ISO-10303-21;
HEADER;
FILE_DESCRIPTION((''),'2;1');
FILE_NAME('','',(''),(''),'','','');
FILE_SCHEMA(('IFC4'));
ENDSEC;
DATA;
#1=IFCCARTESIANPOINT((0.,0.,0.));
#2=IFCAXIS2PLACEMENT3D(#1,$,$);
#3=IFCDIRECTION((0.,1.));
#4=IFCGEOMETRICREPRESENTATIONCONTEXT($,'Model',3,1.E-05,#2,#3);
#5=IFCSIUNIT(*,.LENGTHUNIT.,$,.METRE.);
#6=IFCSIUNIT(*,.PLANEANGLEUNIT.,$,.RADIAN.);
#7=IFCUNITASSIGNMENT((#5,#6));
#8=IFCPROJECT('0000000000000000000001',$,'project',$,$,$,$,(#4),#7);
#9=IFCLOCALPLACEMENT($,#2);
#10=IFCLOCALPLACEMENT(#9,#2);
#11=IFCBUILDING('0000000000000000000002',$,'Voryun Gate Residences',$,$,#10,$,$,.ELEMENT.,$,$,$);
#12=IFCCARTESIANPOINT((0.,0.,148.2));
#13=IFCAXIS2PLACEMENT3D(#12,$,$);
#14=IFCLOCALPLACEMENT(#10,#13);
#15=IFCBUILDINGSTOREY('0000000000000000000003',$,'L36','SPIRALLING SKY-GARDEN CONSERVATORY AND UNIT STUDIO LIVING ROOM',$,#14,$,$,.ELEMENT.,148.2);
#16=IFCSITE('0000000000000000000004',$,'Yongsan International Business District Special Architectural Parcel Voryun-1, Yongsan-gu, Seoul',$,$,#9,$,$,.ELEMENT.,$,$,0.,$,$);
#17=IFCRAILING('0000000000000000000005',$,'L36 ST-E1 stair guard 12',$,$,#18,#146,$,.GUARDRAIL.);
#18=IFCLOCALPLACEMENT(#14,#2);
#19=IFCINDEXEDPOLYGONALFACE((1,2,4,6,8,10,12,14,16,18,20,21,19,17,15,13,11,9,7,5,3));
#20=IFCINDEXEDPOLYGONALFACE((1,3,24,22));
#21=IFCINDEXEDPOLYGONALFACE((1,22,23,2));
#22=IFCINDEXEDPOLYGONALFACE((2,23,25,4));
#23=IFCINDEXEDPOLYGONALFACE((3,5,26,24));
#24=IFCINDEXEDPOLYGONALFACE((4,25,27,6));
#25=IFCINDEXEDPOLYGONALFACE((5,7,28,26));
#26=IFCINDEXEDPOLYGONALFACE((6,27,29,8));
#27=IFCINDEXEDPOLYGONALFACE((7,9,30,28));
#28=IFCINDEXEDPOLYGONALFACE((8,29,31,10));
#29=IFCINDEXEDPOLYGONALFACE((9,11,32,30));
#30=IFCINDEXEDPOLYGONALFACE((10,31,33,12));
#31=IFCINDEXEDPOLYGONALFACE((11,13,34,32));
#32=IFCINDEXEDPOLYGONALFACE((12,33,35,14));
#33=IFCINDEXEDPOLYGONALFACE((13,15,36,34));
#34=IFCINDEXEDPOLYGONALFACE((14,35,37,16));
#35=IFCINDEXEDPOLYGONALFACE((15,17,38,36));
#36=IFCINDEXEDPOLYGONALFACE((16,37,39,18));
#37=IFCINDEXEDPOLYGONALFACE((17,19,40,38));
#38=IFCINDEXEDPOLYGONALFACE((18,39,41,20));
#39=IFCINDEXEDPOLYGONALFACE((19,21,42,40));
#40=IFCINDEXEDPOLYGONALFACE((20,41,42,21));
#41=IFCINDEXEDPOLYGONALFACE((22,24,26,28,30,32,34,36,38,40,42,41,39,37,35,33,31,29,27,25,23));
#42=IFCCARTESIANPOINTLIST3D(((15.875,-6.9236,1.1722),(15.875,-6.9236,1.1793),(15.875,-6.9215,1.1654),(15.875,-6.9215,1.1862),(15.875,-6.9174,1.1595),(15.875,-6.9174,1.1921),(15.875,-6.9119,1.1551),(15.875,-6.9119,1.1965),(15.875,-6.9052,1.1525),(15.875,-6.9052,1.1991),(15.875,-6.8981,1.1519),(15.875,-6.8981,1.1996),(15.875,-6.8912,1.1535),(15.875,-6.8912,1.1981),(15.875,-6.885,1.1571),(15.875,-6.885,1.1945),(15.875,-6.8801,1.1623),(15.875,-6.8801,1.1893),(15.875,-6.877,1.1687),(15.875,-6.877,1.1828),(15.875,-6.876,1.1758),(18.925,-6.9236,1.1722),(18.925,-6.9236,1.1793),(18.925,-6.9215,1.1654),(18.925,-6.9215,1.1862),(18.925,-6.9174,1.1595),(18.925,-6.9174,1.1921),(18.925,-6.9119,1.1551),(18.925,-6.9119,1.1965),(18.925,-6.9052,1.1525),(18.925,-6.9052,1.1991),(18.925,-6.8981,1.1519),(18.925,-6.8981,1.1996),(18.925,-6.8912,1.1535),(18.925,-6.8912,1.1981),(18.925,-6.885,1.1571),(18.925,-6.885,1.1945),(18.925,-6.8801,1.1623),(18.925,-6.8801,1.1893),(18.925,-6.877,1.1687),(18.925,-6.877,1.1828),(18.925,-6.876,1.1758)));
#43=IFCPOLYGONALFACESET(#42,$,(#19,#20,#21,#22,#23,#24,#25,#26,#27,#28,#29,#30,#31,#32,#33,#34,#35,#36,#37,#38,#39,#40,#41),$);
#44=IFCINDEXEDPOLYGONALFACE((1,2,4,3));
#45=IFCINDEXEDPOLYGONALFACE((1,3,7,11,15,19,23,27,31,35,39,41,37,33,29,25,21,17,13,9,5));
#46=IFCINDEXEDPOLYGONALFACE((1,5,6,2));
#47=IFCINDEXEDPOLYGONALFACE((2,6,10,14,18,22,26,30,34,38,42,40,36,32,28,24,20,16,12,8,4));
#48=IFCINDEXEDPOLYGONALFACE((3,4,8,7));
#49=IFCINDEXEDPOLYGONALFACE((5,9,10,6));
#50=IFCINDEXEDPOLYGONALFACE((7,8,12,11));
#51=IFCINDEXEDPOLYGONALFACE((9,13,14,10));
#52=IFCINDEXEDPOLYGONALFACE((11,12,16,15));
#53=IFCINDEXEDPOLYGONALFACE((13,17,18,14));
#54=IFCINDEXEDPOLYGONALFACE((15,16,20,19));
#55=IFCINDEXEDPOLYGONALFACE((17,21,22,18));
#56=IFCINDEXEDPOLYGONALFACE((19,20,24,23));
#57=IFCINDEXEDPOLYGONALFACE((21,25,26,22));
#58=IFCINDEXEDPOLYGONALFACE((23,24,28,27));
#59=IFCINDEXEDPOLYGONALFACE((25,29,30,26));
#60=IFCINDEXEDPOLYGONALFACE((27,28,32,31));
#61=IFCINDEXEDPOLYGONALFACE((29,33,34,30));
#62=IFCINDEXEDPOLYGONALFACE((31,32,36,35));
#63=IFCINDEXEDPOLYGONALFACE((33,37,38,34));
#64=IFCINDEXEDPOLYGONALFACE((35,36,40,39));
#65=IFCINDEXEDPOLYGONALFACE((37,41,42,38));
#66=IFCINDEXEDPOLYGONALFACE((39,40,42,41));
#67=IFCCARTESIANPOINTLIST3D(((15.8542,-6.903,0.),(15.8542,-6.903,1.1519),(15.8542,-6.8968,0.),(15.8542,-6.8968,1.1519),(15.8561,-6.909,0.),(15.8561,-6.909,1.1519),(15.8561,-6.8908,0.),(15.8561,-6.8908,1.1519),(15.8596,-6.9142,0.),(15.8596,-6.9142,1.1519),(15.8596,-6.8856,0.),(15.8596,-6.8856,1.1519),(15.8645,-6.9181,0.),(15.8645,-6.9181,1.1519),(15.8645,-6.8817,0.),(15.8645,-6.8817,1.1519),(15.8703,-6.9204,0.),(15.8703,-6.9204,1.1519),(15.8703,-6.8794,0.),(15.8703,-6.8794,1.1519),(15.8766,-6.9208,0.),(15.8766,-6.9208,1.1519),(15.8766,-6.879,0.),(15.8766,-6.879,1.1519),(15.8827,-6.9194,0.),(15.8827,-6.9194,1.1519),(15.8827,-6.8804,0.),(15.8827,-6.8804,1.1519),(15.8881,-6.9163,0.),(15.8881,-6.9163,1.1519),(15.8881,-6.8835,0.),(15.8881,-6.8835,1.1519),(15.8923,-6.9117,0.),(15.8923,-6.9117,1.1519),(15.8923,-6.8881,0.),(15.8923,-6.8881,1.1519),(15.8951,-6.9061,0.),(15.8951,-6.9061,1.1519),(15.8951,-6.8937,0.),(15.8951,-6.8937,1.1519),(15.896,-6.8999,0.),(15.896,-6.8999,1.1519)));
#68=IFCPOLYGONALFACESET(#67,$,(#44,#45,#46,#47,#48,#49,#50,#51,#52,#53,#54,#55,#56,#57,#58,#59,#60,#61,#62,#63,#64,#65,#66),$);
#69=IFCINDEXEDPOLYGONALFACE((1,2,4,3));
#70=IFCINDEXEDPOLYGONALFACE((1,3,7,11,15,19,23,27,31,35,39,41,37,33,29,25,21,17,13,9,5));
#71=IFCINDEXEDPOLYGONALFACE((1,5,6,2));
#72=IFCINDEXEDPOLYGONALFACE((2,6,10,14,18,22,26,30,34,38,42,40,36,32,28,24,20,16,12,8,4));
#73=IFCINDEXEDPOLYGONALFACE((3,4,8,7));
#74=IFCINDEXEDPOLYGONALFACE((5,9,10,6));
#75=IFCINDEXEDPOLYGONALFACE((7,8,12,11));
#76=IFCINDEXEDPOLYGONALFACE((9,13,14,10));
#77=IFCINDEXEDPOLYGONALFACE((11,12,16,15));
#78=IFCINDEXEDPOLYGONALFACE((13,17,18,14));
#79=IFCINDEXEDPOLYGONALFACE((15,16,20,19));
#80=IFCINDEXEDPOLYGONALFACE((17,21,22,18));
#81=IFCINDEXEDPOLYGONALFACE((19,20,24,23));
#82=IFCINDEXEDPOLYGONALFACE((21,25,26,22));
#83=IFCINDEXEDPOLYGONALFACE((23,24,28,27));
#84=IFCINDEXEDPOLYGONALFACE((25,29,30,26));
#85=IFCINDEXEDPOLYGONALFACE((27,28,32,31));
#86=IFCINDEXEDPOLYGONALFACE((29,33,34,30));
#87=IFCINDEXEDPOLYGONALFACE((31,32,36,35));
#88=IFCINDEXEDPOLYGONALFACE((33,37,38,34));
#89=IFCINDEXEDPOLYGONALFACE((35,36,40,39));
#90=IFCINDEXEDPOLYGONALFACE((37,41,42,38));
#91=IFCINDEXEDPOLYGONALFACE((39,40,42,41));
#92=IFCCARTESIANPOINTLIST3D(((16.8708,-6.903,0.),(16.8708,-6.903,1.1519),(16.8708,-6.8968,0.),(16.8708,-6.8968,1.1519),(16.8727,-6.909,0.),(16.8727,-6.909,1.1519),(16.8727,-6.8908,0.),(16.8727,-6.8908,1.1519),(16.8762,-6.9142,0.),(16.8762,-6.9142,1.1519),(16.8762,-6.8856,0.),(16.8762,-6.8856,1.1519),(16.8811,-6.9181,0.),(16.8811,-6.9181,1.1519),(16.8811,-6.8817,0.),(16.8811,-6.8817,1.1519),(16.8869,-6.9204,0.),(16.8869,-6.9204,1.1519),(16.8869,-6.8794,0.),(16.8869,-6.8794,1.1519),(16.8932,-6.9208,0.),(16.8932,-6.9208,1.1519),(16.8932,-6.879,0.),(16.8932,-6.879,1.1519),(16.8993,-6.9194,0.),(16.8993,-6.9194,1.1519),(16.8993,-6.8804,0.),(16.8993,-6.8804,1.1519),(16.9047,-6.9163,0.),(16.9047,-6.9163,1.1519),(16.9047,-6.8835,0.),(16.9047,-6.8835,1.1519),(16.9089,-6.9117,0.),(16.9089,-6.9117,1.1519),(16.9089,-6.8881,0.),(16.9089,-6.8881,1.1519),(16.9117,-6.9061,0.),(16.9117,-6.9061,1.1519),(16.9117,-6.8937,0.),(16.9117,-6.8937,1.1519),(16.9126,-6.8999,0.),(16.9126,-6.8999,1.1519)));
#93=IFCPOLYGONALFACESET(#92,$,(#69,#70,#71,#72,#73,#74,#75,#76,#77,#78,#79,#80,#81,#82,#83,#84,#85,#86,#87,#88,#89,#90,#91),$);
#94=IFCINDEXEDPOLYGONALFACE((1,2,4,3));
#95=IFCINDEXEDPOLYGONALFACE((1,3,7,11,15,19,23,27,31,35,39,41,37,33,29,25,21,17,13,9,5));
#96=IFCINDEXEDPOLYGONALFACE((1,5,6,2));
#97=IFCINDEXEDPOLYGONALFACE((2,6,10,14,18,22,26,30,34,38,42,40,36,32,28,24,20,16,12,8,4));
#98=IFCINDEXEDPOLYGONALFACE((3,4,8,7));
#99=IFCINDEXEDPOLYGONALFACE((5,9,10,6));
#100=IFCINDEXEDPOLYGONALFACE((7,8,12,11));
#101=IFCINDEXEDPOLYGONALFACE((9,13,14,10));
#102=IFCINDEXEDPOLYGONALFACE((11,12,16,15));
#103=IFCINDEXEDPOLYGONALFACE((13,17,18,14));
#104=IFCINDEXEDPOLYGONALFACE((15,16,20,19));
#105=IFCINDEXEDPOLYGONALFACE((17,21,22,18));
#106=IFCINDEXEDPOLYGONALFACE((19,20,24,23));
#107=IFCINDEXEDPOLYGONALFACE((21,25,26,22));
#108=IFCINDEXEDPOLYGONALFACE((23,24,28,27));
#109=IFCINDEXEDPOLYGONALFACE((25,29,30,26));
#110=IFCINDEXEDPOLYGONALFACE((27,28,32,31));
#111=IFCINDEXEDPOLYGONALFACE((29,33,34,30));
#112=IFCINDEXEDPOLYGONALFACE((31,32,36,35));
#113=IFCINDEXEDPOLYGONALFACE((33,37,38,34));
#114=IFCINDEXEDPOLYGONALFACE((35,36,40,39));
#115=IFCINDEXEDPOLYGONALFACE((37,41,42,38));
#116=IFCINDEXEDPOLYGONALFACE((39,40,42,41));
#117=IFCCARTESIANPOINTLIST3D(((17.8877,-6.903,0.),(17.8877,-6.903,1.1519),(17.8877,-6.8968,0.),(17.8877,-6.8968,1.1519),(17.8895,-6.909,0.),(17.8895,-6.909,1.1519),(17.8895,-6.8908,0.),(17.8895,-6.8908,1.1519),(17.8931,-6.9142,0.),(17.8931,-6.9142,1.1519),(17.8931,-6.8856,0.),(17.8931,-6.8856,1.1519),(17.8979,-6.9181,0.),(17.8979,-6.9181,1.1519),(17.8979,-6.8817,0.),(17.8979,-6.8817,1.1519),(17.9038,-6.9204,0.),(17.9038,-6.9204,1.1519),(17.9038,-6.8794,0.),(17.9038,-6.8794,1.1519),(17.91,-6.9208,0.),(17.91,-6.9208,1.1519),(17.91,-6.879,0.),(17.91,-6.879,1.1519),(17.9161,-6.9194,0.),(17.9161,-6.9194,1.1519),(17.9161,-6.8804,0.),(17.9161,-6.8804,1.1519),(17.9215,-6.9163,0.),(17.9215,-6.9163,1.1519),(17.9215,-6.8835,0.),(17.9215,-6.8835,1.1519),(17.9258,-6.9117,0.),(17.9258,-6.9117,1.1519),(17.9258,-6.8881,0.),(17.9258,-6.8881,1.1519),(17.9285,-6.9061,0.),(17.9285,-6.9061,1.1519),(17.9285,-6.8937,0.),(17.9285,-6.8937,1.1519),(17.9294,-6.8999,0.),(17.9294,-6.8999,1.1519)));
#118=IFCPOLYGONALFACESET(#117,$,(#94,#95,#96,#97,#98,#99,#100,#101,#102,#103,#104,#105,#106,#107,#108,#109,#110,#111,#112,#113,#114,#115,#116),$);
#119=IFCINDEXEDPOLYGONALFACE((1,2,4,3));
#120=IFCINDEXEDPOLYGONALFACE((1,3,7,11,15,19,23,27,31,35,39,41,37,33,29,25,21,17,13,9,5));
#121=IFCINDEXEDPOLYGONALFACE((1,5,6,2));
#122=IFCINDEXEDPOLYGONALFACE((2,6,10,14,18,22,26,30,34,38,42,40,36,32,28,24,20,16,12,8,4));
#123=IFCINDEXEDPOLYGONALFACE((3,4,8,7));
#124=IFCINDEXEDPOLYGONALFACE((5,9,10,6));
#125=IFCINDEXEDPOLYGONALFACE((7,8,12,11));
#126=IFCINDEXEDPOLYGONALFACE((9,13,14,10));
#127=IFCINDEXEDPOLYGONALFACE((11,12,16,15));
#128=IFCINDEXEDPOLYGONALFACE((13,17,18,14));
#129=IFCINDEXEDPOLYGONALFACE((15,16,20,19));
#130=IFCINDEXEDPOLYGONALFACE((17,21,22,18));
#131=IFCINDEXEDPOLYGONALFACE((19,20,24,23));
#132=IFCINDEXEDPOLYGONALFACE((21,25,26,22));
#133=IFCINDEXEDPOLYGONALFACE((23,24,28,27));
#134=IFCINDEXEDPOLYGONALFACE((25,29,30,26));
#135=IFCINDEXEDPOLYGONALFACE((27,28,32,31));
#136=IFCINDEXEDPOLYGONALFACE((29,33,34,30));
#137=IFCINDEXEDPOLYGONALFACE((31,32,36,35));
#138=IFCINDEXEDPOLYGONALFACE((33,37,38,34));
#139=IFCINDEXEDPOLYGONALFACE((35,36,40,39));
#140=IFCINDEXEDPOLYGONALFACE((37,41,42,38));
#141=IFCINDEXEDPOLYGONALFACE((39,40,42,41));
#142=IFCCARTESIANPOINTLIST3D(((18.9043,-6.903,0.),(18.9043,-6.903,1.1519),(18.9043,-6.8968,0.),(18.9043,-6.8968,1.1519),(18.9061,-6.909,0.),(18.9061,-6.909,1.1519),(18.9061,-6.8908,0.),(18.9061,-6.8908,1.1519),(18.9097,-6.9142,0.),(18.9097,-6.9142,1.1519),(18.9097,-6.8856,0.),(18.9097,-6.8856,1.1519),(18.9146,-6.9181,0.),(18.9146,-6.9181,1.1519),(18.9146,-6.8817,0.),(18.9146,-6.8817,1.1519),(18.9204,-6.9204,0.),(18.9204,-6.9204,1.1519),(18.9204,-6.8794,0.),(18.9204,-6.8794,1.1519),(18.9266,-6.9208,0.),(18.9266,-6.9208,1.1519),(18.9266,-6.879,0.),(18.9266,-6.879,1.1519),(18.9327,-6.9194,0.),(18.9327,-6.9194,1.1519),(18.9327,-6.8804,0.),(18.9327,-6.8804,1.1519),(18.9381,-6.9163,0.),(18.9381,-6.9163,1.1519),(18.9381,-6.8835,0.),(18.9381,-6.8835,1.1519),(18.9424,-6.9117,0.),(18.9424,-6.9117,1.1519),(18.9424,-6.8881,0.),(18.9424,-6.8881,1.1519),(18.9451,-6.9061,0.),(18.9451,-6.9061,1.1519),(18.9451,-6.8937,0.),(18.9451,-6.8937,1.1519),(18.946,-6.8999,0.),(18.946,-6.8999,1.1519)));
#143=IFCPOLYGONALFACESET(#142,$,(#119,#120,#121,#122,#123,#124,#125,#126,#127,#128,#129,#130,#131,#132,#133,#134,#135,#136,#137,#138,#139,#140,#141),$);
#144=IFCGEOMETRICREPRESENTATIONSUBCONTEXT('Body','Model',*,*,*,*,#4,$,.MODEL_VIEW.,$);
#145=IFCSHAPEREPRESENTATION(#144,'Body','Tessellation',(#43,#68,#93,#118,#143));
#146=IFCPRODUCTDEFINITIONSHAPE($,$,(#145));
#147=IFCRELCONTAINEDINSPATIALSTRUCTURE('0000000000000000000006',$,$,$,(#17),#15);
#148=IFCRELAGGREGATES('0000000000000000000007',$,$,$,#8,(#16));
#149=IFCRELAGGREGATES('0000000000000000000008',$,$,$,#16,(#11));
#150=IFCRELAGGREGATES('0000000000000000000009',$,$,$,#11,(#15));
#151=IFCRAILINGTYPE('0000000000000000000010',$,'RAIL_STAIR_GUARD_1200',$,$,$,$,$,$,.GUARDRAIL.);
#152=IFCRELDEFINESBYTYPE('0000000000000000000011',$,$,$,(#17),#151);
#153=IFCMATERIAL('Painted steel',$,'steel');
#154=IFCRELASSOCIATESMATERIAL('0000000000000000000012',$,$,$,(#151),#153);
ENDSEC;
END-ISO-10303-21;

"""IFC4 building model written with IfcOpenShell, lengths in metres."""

from ifc_helpers import new_model, si_unit, direction, frame, origin, origin_2d, place, context, subcontext, project, spatial, circle, extrude, material, type_object, element, save


model = new_model("IFC4")

# Units and contexts
model_context = context("Model", 3, precision=1e-05, world=origin(), true_north=direction((0.0, 1.0)))
body_context = subcontext(model_context, "Body", "Model", "MODEL_VIEW")
ifc_project = project(units=[si_unit("LENGTHUNIT", "METRE"), si_unit("PLANEANGLEUNIT", "RADIAN")], contexts=[model_context])

# Site, building, storey
site_placement = place(None, origin())
site = spatial("IfcSite", under=ifc_project, at=site_placement, Name="Yongsan International Business District Special Architectural Parcel Voryun-1, Yongsan-gu, Seoul", CompositionType="ELEMENT", RefElevation=0.0)
building_placement = place(site_placement, origin())
building = spatial("IfcBuilding", under=site, at=building_placement, Name="Voryun Gate Residences", CompositionType="ELEMENT")
storey_placement = place(building_placement, frame((0.0, 0.0, 148.2)))
storey = spatial("IfcBuildingStorey", under=building, at=storey_placement, Name="L36", Description="SPIRALLING SKY-GARDEN CONSERVATORY AND UNIT STUDIO LIVING ROOM", CompositionType="ELEMENT", Elevation=148.2)

# Railing
ifc_material_1 = material(Name="Painted steel", Category="steel")
railing_type_1 = type_object("IfcRailingType", Name="RAIL_STAIR_GUARD_1200", PredefinedType="GUARDRAIL", material=ifc_material_1)
railing_1_placement = place(storey_placement, frame((15.875, -6.8999, 0.0)))
element("IfcRailing", 1, at=railing_1_placement, inside=storey, type_object=railing_type_1, Name="L36 ST-E1 stair guard 12", PredefinedType="GUARDRAIL", context=body_context, shape_type="SweptSolid", body=[
    extrude(circle(Radius=0.0239, at=origin_2d()), frame((0.0, 0.0, 1.1758), z_axis=(1.0, 0.0, 0.0), x_axis=(0.0, 1.0, 0.0)), (0.0, 0.0, 1.0), 3.05),
    extrude(circle(Radius=0.021, at=origin_2d()), origin(), (0.0, 0.0, 1.0), 1.1519),
    extrude(circle(Radius=0.021, at=origin_2d()), frame((1.0166, 0.0, 0.0)), (0.0, 0.0, 1.0), 1.1519),
    extrude(circle(Radius=0.021, at=origin_2d()), frame((2.0334, 0.0, 0.0)), (0.0, 0.0, 1.0), 1.1519),
    extrude(circle(Radius=0.021, at=origin_2d()), frame((3.05, 0.0, 0.0)), (0.0, 0.0, 1.0), 1.1519),
])

save(model, "model.ifc")
